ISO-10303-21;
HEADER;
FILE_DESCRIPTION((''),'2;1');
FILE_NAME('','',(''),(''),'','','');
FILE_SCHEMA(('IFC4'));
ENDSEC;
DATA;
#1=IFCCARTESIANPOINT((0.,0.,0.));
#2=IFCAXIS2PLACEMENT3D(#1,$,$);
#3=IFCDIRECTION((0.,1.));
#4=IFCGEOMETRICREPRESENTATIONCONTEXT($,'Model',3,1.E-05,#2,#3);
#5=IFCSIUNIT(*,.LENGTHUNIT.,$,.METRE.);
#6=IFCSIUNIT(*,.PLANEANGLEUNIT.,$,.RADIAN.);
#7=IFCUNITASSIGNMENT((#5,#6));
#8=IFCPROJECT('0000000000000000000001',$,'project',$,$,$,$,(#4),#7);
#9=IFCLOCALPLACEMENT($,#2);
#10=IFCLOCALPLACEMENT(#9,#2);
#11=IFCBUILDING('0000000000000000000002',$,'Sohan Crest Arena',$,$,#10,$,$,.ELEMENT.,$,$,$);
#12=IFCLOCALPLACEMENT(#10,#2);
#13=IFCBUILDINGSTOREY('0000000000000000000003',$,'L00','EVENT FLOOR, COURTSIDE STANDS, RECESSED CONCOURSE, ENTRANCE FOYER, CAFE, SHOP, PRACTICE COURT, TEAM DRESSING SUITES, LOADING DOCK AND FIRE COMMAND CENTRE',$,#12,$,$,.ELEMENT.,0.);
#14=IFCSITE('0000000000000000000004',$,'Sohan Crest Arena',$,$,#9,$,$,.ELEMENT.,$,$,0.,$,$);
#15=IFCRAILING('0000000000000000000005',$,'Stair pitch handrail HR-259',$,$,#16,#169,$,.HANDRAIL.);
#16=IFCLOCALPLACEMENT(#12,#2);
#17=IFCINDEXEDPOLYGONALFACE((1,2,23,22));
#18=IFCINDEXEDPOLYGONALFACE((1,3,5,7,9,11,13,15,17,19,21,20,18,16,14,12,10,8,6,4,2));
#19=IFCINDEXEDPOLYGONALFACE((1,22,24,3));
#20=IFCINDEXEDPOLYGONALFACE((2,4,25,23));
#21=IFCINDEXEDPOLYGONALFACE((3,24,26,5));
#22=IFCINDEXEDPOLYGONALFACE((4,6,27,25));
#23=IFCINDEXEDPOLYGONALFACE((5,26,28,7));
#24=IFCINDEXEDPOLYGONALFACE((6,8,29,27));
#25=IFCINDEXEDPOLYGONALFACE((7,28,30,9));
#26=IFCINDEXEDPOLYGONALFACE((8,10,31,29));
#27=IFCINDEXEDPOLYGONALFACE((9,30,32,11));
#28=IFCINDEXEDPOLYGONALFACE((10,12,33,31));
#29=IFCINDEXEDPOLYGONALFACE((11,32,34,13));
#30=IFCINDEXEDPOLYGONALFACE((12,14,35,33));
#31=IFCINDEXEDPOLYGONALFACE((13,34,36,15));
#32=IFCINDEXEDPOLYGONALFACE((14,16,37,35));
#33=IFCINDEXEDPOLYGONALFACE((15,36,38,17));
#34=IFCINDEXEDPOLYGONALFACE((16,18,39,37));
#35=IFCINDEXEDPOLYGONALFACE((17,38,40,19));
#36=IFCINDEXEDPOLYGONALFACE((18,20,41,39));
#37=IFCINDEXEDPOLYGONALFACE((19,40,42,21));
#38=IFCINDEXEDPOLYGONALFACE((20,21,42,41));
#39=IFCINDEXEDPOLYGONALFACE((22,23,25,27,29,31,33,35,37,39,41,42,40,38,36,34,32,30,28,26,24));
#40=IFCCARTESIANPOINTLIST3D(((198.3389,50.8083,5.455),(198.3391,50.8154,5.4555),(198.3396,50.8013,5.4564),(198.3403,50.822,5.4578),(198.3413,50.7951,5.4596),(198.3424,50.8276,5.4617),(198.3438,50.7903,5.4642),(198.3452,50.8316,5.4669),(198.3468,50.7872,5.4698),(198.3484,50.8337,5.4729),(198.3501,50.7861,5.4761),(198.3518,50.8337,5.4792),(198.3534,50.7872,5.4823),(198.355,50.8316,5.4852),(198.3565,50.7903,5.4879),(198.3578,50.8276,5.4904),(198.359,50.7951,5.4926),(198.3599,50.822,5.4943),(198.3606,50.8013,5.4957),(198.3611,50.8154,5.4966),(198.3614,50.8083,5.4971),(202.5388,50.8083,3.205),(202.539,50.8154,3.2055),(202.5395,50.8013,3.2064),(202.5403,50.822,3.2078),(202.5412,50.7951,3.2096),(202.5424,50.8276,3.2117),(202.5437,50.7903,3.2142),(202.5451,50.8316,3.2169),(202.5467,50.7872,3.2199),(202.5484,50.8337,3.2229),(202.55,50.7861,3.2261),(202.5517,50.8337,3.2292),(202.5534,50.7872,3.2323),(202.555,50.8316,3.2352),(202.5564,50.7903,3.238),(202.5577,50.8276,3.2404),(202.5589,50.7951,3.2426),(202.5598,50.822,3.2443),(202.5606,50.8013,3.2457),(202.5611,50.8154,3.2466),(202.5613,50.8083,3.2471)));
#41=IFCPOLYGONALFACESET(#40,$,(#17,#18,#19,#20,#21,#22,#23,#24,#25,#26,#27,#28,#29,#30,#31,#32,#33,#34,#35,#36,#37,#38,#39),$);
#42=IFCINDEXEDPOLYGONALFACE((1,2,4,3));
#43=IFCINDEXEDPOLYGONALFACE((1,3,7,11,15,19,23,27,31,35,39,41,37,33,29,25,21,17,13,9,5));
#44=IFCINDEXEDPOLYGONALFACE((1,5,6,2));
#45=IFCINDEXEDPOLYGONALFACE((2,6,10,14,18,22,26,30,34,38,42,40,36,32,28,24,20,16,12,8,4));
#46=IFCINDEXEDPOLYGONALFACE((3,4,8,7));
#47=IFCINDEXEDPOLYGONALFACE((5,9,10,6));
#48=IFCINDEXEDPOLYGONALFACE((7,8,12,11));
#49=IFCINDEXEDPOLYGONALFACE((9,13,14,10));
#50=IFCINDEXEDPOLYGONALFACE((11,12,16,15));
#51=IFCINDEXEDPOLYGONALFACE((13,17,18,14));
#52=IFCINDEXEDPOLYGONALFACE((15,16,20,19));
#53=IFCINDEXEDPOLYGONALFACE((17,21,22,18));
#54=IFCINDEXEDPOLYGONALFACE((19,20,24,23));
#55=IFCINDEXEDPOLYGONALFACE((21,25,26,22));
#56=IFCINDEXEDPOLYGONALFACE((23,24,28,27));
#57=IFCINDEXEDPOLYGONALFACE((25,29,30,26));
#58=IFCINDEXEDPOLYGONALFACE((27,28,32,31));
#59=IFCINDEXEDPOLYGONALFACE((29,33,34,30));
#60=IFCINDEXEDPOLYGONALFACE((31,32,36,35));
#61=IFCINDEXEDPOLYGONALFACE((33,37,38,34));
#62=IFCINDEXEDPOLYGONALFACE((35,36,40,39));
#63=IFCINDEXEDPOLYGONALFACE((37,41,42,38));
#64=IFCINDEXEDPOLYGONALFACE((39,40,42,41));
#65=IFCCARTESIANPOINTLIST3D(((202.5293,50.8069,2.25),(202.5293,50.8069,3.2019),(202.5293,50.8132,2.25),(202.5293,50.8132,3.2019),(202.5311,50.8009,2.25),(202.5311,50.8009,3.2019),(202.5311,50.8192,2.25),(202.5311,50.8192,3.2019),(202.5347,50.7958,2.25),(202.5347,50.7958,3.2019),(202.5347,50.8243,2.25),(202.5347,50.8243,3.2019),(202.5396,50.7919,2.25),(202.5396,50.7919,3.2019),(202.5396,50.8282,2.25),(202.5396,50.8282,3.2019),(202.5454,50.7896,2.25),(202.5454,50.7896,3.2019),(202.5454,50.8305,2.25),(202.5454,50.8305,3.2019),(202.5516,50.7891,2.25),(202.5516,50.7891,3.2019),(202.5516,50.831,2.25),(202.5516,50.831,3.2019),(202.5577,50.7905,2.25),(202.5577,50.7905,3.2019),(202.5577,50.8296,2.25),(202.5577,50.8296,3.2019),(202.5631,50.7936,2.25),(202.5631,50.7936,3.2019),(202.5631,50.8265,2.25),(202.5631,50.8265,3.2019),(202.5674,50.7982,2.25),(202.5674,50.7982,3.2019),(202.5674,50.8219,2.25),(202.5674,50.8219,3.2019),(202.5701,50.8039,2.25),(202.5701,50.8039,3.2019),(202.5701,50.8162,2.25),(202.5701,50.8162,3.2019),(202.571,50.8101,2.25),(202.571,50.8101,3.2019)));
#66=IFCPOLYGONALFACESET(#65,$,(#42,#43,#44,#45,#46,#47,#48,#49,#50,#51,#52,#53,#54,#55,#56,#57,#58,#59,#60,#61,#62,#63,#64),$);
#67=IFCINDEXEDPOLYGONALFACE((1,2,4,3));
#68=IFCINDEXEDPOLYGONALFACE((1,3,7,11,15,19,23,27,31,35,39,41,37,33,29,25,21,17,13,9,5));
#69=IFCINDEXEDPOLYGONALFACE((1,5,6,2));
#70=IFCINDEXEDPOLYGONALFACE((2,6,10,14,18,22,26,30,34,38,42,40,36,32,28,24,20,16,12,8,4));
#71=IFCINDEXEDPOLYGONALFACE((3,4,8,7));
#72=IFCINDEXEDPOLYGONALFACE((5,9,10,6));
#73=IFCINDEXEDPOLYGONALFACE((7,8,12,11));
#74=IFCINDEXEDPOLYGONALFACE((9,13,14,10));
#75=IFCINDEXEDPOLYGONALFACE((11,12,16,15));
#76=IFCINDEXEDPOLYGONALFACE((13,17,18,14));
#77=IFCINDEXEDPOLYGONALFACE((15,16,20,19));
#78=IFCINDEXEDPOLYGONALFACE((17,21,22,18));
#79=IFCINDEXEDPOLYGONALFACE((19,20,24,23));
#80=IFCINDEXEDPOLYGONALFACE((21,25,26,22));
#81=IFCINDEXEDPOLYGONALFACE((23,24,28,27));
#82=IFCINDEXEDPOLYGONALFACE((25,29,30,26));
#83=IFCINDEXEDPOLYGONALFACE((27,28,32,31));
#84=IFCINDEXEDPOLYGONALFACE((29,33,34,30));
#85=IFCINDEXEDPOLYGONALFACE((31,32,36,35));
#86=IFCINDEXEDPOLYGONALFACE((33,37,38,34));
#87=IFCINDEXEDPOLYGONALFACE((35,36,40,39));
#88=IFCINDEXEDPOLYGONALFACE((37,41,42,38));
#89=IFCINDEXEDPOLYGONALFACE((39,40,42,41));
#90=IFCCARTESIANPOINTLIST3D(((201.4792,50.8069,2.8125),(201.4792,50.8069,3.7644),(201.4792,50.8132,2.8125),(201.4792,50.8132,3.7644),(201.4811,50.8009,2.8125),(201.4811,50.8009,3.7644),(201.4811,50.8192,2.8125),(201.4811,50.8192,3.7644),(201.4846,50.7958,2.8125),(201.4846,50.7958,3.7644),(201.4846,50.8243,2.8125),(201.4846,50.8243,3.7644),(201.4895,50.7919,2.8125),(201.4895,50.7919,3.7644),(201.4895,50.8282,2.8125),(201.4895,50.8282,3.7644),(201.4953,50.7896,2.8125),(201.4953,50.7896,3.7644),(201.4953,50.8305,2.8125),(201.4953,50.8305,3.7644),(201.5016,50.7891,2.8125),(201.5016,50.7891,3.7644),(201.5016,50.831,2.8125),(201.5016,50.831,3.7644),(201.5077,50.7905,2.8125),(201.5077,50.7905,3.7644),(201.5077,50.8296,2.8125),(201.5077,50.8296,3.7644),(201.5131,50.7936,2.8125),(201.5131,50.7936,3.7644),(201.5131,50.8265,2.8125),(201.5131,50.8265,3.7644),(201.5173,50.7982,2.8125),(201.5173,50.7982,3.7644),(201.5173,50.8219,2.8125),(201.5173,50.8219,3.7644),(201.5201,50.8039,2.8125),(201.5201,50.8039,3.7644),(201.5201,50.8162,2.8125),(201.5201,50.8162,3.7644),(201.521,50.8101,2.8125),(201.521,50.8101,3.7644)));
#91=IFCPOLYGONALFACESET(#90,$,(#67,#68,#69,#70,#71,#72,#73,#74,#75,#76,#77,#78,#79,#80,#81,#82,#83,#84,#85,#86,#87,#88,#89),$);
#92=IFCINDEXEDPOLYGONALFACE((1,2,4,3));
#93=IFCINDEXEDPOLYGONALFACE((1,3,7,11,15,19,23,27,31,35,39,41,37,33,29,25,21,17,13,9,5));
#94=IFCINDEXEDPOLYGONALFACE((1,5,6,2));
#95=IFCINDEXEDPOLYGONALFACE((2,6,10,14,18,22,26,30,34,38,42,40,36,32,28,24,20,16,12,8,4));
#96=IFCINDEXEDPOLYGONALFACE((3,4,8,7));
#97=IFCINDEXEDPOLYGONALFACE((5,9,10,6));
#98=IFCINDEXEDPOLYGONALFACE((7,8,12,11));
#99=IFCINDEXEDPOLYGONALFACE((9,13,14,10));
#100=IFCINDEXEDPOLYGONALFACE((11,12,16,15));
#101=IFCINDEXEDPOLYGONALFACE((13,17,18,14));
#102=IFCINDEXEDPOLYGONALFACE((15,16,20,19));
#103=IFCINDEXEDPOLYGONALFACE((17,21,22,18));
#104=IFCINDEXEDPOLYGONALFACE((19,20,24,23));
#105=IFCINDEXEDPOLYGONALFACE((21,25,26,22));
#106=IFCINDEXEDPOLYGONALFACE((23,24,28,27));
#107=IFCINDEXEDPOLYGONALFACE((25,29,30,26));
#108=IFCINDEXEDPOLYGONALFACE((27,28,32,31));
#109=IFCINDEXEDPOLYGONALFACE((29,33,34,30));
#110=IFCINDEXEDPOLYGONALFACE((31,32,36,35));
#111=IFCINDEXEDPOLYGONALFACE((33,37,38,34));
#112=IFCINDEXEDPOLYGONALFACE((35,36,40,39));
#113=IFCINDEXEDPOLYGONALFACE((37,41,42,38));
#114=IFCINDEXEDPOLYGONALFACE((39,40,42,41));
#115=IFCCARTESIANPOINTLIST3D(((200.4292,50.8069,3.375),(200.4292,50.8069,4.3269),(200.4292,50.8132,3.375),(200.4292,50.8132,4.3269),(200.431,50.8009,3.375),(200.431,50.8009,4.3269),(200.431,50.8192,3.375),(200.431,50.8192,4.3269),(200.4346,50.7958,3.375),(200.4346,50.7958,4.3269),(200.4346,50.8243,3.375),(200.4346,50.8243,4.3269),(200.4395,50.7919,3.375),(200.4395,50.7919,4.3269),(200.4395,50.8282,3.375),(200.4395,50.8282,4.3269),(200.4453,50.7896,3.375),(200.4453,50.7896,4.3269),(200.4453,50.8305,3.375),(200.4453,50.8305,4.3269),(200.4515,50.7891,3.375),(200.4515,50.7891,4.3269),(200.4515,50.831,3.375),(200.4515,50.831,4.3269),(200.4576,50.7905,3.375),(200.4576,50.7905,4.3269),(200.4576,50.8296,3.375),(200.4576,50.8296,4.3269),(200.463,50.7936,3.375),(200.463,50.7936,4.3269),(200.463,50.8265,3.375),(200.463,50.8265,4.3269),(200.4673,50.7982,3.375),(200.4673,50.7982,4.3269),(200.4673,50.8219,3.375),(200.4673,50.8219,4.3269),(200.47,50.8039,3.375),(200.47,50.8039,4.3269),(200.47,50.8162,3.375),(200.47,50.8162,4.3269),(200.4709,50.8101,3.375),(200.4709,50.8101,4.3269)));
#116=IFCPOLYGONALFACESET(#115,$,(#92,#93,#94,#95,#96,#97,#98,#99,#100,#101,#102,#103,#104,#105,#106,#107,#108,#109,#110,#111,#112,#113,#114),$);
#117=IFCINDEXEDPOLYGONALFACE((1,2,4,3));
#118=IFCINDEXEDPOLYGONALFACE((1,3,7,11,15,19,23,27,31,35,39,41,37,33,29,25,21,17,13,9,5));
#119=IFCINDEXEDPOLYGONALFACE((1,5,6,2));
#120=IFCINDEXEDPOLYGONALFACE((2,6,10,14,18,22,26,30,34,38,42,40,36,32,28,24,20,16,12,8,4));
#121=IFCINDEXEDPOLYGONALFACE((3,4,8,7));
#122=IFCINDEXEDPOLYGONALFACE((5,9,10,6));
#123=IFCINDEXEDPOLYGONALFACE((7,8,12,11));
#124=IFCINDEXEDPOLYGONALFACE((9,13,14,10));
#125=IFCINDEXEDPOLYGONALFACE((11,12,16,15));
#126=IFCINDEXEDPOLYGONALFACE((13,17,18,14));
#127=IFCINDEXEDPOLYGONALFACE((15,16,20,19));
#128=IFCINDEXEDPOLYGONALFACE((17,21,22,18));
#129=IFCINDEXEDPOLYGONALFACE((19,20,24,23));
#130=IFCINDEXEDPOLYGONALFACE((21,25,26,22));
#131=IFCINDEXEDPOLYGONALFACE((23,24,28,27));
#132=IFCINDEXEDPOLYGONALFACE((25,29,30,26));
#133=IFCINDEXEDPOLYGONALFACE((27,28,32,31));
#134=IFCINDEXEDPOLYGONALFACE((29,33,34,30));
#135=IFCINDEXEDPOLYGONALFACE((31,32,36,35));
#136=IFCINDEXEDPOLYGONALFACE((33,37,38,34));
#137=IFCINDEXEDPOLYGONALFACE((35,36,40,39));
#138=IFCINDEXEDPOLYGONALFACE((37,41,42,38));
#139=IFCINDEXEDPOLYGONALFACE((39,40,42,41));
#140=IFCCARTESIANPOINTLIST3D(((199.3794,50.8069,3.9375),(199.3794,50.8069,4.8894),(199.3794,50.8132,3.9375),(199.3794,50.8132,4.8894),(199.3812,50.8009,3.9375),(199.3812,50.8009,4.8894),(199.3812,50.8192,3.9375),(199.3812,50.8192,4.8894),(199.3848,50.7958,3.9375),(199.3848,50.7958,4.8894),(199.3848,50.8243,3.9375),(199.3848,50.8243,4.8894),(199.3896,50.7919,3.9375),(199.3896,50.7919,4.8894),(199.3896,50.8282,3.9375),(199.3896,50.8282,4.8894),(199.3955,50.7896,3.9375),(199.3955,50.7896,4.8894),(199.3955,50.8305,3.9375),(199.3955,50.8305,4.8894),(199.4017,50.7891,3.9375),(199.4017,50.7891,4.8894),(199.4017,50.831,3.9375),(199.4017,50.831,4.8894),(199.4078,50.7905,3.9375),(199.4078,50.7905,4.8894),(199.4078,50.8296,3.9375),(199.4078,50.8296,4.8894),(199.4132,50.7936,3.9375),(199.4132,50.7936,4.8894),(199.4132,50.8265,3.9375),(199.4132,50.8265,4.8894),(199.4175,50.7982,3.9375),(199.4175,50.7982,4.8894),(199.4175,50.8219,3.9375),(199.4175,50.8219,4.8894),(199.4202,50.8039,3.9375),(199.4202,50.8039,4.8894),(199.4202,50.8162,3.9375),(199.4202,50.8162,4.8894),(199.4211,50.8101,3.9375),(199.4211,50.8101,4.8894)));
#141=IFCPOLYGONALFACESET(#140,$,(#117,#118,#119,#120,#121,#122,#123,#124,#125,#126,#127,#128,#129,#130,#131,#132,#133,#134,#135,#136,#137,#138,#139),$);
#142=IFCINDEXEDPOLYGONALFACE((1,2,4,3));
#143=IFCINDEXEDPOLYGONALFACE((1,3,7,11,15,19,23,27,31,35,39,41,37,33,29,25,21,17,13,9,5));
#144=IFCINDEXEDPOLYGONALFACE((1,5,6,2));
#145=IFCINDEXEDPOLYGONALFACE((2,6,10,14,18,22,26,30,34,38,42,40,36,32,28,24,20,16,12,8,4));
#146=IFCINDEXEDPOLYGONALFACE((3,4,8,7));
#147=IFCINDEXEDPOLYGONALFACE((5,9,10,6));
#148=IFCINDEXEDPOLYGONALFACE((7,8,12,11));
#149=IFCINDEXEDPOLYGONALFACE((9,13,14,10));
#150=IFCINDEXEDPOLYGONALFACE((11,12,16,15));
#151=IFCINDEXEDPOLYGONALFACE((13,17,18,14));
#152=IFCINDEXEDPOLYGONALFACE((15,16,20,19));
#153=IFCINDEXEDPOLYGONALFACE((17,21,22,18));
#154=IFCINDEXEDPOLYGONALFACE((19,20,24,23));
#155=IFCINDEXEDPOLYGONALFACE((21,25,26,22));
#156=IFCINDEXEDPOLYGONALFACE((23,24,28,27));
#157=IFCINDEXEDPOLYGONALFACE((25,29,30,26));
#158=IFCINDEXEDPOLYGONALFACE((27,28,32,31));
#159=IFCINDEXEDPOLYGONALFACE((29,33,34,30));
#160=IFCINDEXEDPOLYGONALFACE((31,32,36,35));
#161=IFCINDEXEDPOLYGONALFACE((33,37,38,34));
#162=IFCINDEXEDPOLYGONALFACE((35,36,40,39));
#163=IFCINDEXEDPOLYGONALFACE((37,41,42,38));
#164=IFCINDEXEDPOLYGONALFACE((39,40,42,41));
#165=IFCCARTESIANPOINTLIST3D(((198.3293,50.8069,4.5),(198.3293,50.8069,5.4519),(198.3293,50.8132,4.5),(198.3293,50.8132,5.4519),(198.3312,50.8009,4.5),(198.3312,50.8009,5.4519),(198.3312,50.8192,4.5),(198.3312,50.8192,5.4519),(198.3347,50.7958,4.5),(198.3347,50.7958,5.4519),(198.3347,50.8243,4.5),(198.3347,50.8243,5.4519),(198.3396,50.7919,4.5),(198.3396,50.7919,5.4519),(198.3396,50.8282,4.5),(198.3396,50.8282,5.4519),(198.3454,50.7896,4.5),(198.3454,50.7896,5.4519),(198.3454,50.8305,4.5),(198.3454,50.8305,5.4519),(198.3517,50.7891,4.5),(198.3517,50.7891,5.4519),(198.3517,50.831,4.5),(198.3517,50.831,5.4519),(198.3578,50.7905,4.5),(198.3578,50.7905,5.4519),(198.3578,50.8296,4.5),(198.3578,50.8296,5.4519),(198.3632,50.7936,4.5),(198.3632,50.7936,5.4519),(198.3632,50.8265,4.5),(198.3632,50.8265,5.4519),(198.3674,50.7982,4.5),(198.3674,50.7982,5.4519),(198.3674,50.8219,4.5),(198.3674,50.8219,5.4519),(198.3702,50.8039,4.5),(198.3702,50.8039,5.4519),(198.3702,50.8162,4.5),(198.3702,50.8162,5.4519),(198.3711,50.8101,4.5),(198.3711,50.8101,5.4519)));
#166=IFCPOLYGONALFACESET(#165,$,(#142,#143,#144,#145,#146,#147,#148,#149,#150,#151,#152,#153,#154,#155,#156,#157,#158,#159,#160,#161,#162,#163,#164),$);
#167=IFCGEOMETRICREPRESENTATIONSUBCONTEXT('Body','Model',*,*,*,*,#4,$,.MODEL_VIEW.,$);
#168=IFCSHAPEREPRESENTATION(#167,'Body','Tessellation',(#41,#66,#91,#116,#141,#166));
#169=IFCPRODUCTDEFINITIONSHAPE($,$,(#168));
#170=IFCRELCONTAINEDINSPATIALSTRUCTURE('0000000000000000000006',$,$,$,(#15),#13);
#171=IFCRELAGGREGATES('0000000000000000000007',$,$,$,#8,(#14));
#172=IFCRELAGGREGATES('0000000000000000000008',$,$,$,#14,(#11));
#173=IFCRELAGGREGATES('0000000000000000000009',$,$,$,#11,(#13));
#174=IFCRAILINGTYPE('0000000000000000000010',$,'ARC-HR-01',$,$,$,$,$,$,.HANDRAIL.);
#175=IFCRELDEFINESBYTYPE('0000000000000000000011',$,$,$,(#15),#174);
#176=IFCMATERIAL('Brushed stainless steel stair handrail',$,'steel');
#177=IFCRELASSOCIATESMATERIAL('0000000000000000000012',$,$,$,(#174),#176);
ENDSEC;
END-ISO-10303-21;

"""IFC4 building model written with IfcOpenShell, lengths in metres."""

from ifc_helpers import new_model, si_unit, direction, frame, origin, origin_2d, place, context, subcontext, project, spatial, circle, extrude, material, type_object, element, save


model = new_model("IFC4")

# Units and contexts
model_context = context("Model", 3, precision=1e-05, world=origin(), true_north=direction((0.0, 1.0)))
body_context = subcontext(model_context, "Body", "Model", "MODEL_VIEW")
ifc_project = project(units=[si_unit("LENGTHUNIT", "METRE"), si_unit("PLANEANGLEUNIT", "RADIAN")], contexts=[model_context])

# Site, building, storey
site_placement = place(None, origin())
site = spatial("IfcSite", under=ifc_project, at=site_placement, Name="Sohan Crest Arena", CompositionType="ELEMENT", RefElevation=0.0)
building_placement = place(site_placement, origin())
building = spatial("IfcBuilding", under=site, at=building_placement, Name="Sohan Crest Arena", CompositionType="ELEMENT")
storey_placement = place(building_placement, origin())
storey = spatial("IfcBuildingStorey", under=building, at=storey_placement, Name="L00", Description="EVENT FLOOR, COURTSIDE STANDS, RECESSED CONCOURSE, ENTRANCE FOYER, CAFE, SHOP, PRACTICE COURT, TEAM DRESSING SUITES, LOADING DOCK AND FIRE COMMAND CENTRE", CompositionType="ELEMENT", Elevation=0.0)

# Railing
ifc_material_1 = material(Name="Brushed stainless steel stair handrail", Category="steel")
railing_type = type_object("IfcRailingType", Name="ARC-HR-01", PredefinedType="HANDRAIL", material=ifc_material_1)
railing_1_placement = place(storey_placement, frame((202.55, 50.8101, 2.25)))
element("IfcRailing", 1, at=railing_1_placement, inside=storey, type_object=railing_type, Name="Stair pitch handrail HR-259", PredefinedType="HANDRAIL", context=body_context, shape_type="SweptSolid", body=[
    extrude(circle(Radius=0.0239, at=origin_2d()), frame((0.0, 0.0, 0.9761), z_axis=(-0.881478, 0.0, 0.472226), x_axis=(0.0, -1.0, 0.0)), (0.0, 0.0, 1.0), 4.7646),
    extrude(circle(Radius=0.021, at=origin_2d()), origin(), (0.0, 0.0, 1.0), 0.9519),
    extrude(circle(Radius=0.021, at=origin_2d()), frame((-1.05, 0.0, 0.5625)), (0.0, 0.0, 1.0), 0.9519),
    extrude(circle(Radius=0.021, at=origin_2d()), frame((-2.1001, 0.0, 1.125)), (0.0, 0.0, 1.0), 0.9519),
    extrude(circle(Radius=0.021, at=origin_2d()), frame((-3.1499, 0.0, 1.6875)), (0.0, 0.0, 1.0), 0.9519),
    extrude(circle(Radius=0.021, at=origin_2d()), frame((-4.2, 0.0, 2.25)), (0.0, 0.0, 1.0), 0.9519),
])

save(model, "model.ifc")
